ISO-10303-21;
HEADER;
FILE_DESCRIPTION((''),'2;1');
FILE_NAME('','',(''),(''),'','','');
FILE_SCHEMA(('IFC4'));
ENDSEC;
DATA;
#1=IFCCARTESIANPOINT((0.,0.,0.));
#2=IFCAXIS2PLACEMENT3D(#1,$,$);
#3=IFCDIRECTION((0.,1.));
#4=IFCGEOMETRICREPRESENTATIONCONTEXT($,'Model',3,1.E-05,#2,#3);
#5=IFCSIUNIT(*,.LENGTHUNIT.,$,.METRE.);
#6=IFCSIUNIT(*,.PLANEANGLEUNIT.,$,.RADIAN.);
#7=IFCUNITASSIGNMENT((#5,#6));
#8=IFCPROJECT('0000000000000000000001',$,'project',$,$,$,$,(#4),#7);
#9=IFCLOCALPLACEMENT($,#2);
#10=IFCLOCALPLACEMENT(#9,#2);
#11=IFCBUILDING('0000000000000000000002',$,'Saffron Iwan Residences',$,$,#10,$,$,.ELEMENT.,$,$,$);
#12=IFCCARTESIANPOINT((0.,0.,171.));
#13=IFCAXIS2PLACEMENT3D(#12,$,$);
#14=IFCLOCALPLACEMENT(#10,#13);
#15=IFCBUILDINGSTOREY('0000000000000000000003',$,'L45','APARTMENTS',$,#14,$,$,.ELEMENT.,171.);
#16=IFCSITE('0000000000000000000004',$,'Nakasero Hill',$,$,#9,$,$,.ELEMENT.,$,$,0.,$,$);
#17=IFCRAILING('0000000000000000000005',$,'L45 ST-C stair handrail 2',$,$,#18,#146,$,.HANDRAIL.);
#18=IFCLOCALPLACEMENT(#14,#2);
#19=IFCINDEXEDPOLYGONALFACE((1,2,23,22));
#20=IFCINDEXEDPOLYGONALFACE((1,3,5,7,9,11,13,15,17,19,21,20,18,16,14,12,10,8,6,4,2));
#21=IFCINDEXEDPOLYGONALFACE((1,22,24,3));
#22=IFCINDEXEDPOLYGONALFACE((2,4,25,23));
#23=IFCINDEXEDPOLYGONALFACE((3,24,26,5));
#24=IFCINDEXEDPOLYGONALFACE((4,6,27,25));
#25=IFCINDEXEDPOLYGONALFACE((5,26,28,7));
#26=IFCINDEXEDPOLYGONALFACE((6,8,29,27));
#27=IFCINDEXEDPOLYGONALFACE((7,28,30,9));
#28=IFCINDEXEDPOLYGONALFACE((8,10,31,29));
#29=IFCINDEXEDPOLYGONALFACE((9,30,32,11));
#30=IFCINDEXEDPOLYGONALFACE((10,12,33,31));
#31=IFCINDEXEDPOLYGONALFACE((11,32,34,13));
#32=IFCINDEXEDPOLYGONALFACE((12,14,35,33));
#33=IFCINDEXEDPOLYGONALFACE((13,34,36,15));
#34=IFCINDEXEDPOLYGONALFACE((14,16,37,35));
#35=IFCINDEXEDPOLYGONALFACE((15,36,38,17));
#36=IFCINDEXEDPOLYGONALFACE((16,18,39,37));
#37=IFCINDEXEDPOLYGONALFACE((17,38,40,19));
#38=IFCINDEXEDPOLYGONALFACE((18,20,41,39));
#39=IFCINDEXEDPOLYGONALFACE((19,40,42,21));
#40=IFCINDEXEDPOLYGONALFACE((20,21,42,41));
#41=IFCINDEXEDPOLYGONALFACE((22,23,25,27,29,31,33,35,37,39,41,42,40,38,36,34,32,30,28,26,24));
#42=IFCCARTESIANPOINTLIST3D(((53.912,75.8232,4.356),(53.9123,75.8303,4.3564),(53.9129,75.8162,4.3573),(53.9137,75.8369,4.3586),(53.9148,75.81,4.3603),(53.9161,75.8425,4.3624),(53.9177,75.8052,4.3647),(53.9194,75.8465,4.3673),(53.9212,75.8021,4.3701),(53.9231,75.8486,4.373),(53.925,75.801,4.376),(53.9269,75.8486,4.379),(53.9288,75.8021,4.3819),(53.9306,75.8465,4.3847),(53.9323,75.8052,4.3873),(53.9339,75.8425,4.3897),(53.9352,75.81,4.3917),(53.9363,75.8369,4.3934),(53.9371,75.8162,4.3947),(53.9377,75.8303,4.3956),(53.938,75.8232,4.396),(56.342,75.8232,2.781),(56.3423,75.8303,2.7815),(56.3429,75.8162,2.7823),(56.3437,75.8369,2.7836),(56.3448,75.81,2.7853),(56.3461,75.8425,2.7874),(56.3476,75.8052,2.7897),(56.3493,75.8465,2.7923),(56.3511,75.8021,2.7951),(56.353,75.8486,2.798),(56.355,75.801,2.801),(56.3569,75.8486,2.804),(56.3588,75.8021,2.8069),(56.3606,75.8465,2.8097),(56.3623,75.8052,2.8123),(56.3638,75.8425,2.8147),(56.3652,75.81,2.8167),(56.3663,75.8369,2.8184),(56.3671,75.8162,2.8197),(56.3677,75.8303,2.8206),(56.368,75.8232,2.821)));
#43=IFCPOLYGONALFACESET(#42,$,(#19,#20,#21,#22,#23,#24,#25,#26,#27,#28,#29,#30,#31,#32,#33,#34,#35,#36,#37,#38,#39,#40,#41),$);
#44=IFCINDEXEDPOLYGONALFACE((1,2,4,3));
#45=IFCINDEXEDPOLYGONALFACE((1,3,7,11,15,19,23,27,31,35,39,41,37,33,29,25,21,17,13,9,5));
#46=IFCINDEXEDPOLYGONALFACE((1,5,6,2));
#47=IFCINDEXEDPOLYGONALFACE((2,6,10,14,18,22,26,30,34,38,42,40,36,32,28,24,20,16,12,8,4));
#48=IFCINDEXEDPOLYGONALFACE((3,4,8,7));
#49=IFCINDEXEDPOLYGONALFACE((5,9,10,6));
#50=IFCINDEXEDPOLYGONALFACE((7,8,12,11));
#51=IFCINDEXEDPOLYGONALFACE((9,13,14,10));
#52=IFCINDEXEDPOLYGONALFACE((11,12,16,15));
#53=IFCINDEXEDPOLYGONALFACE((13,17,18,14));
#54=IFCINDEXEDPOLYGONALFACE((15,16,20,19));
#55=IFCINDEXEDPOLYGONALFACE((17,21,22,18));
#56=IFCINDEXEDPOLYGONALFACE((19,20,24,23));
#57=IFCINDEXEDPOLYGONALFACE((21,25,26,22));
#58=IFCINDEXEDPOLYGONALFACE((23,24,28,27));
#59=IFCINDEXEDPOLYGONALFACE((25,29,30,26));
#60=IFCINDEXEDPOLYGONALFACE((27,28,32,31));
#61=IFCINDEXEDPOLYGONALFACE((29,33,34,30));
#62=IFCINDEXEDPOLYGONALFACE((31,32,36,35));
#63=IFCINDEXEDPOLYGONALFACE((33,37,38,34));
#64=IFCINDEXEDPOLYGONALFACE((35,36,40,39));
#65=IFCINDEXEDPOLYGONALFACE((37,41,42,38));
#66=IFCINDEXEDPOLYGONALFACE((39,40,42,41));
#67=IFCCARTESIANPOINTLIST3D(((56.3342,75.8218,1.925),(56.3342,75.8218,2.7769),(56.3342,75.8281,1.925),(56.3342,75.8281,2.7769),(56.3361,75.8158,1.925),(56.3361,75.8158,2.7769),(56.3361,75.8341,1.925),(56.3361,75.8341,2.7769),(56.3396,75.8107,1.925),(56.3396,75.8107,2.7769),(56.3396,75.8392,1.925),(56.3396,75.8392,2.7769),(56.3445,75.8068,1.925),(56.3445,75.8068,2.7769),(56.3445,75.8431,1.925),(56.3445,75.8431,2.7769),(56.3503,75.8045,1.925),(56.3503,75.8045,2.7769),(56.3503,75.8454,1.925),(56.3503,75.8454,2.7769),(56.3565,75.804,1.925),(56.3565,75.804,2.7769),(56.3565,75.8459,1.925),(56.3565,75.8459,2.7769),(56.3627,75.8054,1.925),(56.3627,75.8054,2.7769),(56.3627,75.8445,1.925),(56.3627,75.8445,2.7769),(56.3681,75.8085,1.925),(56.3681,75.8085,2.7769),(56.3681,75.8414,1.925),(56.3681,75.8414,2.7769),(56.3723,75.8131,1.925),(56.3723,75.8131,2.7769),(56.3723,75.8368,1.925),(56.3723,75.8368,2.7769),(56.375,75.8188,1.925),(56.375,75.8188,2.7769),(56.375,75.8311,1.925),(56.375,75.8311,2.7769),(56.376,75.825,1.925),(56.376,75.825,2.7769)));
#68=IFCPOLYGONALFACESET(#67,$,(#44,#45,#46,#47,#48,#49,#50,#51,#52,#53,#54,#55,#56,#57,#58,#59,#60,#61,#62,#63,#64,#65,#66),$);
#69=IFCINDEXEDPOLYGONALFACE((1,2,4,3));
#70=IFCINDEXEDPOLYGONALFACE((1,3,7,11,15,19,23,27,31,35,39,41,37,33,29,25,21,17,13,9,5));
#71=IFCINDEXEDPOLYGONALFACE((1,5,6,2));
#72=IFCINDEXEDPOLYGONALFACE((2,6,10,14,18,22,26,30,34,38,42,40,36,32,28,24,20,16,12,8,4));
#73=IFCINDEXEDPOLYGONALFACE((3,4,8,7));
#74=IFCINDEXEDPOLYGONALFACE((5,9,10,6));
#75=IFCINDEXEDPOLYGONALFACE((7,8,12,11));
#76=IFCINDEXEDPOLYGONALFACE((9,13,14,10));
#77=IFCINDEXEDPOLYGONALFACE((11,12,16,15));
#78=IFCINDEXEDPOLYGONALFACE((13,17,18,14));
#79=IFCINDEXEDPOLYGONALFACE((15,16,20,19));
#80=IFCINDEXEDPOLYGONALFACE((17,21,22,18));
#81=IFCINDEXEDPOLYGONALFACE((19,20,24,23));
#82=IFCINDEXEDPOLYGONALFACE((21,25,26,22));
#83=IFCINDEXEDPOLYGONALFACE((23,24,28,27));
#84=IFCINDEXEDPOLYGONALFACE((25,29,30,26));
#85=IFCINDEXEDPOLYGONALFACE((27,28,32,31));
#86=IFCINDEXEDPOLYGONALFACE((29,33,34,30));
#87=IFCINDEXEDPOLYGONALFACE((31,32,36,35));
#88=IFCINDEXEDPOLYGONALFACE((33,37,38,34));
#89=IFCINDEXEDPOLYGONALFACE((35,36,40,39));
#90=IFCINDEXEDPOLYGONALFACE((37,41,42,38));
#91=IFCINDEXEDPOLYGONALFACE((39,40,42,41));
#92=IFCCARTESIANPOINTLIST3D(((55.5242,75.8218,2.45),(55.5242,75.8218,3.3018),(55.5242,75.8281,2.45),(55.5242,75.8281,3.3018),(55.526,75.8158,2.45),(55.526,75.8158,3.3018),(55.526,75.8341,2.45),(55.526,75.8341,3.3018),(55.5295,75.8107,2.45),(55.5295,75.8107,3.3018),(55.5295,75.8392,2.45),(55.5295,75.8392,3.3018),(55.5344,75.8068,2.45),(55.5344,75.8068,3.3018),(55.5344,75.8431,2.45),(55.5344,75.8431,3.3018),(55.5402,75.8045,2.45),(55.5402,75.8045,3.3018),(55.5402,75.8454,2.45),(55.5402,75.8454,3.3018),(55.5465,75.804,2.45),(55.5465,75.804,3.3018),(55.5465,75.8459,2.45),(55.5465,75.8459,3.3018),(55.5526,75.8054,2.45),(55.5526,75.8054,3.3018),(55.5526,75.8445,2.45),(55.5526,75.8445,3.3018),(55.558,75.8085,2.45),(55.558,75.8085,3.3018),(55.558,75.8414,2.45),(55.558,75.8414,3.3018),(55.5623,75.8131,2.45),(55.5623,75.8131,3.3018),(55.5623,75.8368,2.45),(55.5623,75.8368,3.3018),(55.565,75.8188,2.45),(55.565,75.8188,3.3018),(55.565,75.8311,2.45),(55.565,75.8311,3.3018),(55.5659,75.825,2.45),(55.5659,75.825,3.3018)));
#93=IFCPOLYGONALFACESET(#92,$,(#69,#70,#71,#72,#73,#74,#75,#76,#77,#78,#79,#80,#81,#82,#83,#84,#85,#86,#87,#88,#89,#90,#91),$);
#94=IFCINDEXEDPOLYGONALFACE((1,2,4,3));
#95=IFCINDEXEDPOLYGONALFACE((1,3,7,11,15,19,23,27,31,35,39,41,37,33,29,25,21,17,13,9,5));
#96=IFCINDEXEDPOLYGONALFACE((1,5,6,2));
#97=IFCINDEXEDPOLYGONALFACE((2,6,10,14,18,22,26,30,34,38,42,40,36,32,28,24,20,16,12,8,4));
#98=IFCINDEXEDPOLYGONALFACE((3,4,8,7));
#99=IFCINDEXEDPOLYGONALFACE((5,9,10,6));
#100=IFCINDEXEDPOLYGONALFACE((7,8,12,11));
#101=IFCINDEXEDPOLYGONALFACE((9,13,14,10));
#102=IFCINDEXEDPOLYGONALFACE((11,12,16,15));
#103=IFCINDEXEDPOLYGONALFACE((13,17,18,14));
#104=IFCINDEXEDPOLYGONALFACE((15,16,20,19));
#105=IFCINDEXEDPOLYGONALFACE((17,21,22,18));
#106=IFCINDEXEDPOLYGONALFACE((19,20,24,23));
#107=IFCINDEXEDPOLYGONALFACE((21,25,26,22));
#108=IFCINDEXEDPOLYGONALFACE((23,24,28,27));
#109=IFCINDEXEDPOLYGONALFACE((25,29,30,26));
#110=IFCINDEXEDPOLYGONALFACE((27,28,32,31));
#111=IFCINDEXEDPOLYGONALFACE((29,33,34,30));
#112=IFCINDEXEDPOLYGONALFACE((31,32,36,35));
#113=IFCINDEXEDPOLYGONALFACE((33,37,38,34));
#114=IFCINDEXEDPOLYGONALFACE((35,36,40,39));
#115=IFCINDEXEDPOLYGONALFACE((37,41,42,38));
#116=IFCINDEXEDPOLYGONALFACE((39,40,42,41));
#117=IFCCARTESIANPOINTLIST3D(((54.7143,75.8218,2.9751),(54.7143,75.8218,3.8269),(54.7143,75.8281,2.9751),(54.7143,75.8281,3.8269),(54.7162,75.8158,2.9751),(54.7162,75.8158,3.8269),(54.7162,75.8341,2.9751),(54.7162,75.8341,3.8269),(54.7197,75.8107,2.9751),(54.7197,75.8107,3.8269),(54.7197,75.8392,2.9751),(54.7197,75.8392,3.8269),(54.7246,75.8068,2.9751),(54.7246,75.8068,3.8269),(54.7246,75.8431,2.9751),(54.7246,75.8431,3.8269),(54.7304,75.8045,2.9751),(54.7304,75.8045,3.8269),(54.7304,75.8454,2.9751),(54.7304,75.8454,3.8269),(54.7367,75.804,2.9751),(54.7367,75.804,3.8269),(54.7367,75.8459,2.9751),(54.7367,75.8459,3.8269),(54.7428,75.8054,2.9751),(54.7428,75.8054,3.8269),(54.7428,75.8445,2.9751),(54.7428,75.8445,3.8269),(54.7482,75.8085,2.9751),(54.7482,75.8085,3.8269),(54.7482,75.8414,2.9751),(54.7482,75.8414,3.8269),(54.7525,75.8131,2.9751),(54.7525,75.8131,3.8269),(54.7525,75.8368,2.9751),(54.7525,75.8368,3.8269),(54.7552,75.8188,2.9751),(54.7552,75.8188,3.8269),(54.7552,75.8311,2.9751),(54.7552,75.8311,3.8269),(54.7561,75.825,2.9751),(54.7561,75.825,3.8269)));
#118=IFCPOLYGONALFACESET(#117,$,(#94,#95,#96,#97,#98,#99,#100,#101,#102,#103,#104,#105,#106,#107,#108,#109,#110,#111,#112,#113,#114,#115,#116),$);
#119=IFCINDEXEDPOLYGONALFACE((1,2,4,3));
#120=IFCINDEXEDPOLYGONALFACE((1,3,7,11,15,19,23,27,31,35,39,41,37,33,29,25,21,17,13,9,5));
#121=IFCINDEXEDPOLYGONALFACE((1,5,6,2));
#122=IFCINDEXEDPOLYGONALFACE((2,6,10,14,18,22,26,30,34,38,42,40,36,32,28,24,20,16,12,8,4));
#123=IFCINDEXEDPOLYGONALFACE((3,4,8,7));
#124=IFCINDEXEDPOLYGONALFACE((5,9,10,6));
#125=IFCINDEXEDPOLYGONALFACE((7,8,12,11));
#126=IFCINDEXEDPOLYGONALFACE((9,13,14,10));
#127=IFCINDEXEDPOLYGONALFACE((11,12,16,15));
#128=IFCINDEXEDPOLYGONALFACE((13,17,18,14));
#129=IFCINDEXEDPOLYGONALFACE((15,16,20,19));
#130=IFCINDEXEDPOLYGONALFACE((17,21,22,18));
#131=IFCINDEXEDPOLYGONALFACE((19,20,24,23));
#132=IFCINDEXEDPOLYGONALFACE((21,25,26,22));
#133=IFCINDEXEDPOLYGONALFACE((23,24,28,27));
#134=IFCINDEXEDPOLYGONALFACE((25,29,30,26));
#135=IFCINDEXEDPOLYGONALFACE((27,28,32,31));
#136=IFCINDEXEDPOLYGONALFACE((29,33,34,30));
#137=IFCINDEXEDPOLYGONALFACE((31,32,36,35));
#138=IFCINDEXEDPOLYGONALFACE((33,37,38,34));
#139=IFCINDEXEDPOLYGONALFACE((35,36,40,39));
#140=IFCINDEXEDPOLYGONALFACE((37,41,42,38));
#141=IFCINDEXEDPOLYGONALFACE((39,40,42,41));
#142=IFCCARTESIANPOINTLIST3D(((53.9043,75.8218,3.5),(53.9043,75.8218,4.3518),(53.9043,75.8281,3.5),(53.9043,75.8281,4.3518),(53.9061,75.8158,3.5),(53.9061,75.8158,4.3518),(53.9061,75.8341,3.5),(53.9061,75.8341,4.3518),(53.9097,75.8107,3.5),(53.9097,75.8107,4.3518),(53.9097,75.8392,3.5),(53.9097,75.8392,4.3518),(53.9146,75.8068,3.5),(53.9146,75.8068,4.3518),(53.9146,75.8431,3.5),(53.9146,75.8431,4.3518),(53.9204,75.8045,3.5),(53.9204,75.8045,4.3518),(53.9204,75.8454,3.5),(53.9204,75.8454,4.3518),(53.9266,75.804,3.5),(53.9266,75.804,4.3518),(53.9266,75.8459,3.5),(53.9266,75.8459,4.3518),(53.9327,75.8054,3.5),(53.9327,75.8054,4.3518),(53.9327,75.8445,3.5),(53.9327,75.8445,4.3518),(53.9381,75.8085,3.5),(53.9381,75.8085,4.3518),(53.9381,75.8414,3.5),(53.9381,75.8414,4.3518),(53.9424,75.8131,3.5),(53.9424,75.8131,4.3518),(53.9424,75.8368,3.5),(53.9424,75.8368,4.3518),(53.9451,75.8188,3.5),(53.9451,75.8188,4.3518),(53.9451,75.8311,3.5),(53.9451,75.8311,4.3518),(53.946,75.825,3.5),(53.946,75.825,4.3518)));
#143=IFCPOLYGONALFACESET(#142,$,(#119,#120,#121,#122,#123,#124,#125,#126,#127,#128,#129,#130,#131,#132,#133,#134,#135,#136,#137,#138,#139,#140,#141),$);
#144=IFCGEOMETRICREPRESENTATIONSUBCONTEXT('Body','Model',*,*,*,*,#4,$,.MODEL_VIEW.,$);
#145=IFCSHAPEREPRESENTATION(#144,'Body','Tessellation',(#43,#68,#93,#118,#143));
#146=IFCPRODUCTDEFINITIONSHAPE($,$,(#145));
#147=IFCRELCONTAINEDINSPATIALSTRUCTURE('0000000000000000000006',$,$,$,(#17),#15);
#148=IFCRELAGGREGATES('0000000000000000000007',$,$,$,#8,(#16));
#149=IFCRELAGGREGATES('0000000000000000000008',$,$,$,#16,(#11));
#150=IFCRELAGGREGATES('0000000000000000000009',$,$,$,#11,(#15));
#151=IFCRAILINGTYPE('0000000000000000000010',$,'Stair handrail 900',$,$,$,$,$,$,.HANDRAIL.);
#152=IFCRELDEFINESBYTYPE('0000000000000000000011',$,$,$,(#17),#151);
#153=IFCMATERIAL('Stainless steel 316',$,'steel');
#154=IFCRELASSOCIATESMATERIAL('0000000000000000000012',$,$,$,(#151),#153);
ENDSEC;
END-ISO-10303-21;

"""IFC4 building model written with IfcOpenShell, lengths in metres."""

from ifc_helpers import new_model, si_unit, direction, frame, origin, origin_2d, place, context, subcontext, project, spatial, circle, extrude, material, type_object, element, save


model = new_model("IFC4")

# Units and contexts
model_context = context("Model", 3, precision=1e-05, world=origin(), true_north=direction((0.0, 1.0)))
body_context = subcontext(model_context, "Body", "Model", "MODEL_VIEW")
ifc_project = project(units=[si_unit("LENGTHUNIT", "METRE"), si_unit("PLANEANGLEUNIT", "RADIAN")], contexts=[model_context])

# Site, building, storey
site_placement = place(None, origin())
site = spatial("IfcSite", under=ifc_project, at=site_placement, Name="Nakasero Hill", CompositionType="ELEMENT", RefElevation=0.0)
building_placement = place(site_placement, origin())
building = spatial("IfcBuilding", under=site, at=building_placement, Name="Saffron Iwan Residences", CompositionType="ELEMENT")
storey_placement = place(building_placement, frame((0.0, 0.0, 171.0)))
storey = spatial("IfcBuildingStorey", under=building, at=storey_placement, Name="L45", Description="APARTMENTS", CompositionType="ELEMENT", Elevation=171.0)

# Railing
ifc_material_1 = material(Name="Stainless steel 316", Category="steel")
railing_type_1 = type_object("IfcRailingType", Name="Stair handrail 900", PredefinedType="HANDRAIL", material=ifc_material_1)
railing_1_placement = place(storey_placement, frame((56.355, 75.825, 1.925)))
element("IfcRailing", 1, at=railing_1_placement, inside=storey, type_object=railing_type_1, Name="L45 ST-C stair handrail 2", PredefinedType="HANDRAIL", context=body_context, shape_type="SweptSolid", body=[
    extrude(circle(Radius=0.0239, at=origin_2d()), frame((0.0, 0.0, 0.876), z_axis=(-0.839154, 0.0, 0.543894), x_axis=(0.0, -1.0, 0.0)), (0.0, 0.0, 1.0), 2.8958),
    extrude(circle(Radius=0.021, at=origin_2d()), origin(), (0.0, 0.0, 1.0), 0.8518),
    extrude(circle(Radius=0.021, at=origin_2d()), frame((-0.8101, 0.0, 0.5249)), (0.0, 0.0, 1.0), 0.8518),
    extrude(circle(Radius=0.021, at=origin_2d()), frame((-1.6199, 0.0, 1.05)), (0.0, 0.0, 1.0), 0.8518),
    extrude(circle(Radius=0.021, at=origin_2d()), frame((-2.4299, 0.0, 1.575)), (0.0, 0.0, 1.0), 0.8518),
])

save(model, "model.ifc")
